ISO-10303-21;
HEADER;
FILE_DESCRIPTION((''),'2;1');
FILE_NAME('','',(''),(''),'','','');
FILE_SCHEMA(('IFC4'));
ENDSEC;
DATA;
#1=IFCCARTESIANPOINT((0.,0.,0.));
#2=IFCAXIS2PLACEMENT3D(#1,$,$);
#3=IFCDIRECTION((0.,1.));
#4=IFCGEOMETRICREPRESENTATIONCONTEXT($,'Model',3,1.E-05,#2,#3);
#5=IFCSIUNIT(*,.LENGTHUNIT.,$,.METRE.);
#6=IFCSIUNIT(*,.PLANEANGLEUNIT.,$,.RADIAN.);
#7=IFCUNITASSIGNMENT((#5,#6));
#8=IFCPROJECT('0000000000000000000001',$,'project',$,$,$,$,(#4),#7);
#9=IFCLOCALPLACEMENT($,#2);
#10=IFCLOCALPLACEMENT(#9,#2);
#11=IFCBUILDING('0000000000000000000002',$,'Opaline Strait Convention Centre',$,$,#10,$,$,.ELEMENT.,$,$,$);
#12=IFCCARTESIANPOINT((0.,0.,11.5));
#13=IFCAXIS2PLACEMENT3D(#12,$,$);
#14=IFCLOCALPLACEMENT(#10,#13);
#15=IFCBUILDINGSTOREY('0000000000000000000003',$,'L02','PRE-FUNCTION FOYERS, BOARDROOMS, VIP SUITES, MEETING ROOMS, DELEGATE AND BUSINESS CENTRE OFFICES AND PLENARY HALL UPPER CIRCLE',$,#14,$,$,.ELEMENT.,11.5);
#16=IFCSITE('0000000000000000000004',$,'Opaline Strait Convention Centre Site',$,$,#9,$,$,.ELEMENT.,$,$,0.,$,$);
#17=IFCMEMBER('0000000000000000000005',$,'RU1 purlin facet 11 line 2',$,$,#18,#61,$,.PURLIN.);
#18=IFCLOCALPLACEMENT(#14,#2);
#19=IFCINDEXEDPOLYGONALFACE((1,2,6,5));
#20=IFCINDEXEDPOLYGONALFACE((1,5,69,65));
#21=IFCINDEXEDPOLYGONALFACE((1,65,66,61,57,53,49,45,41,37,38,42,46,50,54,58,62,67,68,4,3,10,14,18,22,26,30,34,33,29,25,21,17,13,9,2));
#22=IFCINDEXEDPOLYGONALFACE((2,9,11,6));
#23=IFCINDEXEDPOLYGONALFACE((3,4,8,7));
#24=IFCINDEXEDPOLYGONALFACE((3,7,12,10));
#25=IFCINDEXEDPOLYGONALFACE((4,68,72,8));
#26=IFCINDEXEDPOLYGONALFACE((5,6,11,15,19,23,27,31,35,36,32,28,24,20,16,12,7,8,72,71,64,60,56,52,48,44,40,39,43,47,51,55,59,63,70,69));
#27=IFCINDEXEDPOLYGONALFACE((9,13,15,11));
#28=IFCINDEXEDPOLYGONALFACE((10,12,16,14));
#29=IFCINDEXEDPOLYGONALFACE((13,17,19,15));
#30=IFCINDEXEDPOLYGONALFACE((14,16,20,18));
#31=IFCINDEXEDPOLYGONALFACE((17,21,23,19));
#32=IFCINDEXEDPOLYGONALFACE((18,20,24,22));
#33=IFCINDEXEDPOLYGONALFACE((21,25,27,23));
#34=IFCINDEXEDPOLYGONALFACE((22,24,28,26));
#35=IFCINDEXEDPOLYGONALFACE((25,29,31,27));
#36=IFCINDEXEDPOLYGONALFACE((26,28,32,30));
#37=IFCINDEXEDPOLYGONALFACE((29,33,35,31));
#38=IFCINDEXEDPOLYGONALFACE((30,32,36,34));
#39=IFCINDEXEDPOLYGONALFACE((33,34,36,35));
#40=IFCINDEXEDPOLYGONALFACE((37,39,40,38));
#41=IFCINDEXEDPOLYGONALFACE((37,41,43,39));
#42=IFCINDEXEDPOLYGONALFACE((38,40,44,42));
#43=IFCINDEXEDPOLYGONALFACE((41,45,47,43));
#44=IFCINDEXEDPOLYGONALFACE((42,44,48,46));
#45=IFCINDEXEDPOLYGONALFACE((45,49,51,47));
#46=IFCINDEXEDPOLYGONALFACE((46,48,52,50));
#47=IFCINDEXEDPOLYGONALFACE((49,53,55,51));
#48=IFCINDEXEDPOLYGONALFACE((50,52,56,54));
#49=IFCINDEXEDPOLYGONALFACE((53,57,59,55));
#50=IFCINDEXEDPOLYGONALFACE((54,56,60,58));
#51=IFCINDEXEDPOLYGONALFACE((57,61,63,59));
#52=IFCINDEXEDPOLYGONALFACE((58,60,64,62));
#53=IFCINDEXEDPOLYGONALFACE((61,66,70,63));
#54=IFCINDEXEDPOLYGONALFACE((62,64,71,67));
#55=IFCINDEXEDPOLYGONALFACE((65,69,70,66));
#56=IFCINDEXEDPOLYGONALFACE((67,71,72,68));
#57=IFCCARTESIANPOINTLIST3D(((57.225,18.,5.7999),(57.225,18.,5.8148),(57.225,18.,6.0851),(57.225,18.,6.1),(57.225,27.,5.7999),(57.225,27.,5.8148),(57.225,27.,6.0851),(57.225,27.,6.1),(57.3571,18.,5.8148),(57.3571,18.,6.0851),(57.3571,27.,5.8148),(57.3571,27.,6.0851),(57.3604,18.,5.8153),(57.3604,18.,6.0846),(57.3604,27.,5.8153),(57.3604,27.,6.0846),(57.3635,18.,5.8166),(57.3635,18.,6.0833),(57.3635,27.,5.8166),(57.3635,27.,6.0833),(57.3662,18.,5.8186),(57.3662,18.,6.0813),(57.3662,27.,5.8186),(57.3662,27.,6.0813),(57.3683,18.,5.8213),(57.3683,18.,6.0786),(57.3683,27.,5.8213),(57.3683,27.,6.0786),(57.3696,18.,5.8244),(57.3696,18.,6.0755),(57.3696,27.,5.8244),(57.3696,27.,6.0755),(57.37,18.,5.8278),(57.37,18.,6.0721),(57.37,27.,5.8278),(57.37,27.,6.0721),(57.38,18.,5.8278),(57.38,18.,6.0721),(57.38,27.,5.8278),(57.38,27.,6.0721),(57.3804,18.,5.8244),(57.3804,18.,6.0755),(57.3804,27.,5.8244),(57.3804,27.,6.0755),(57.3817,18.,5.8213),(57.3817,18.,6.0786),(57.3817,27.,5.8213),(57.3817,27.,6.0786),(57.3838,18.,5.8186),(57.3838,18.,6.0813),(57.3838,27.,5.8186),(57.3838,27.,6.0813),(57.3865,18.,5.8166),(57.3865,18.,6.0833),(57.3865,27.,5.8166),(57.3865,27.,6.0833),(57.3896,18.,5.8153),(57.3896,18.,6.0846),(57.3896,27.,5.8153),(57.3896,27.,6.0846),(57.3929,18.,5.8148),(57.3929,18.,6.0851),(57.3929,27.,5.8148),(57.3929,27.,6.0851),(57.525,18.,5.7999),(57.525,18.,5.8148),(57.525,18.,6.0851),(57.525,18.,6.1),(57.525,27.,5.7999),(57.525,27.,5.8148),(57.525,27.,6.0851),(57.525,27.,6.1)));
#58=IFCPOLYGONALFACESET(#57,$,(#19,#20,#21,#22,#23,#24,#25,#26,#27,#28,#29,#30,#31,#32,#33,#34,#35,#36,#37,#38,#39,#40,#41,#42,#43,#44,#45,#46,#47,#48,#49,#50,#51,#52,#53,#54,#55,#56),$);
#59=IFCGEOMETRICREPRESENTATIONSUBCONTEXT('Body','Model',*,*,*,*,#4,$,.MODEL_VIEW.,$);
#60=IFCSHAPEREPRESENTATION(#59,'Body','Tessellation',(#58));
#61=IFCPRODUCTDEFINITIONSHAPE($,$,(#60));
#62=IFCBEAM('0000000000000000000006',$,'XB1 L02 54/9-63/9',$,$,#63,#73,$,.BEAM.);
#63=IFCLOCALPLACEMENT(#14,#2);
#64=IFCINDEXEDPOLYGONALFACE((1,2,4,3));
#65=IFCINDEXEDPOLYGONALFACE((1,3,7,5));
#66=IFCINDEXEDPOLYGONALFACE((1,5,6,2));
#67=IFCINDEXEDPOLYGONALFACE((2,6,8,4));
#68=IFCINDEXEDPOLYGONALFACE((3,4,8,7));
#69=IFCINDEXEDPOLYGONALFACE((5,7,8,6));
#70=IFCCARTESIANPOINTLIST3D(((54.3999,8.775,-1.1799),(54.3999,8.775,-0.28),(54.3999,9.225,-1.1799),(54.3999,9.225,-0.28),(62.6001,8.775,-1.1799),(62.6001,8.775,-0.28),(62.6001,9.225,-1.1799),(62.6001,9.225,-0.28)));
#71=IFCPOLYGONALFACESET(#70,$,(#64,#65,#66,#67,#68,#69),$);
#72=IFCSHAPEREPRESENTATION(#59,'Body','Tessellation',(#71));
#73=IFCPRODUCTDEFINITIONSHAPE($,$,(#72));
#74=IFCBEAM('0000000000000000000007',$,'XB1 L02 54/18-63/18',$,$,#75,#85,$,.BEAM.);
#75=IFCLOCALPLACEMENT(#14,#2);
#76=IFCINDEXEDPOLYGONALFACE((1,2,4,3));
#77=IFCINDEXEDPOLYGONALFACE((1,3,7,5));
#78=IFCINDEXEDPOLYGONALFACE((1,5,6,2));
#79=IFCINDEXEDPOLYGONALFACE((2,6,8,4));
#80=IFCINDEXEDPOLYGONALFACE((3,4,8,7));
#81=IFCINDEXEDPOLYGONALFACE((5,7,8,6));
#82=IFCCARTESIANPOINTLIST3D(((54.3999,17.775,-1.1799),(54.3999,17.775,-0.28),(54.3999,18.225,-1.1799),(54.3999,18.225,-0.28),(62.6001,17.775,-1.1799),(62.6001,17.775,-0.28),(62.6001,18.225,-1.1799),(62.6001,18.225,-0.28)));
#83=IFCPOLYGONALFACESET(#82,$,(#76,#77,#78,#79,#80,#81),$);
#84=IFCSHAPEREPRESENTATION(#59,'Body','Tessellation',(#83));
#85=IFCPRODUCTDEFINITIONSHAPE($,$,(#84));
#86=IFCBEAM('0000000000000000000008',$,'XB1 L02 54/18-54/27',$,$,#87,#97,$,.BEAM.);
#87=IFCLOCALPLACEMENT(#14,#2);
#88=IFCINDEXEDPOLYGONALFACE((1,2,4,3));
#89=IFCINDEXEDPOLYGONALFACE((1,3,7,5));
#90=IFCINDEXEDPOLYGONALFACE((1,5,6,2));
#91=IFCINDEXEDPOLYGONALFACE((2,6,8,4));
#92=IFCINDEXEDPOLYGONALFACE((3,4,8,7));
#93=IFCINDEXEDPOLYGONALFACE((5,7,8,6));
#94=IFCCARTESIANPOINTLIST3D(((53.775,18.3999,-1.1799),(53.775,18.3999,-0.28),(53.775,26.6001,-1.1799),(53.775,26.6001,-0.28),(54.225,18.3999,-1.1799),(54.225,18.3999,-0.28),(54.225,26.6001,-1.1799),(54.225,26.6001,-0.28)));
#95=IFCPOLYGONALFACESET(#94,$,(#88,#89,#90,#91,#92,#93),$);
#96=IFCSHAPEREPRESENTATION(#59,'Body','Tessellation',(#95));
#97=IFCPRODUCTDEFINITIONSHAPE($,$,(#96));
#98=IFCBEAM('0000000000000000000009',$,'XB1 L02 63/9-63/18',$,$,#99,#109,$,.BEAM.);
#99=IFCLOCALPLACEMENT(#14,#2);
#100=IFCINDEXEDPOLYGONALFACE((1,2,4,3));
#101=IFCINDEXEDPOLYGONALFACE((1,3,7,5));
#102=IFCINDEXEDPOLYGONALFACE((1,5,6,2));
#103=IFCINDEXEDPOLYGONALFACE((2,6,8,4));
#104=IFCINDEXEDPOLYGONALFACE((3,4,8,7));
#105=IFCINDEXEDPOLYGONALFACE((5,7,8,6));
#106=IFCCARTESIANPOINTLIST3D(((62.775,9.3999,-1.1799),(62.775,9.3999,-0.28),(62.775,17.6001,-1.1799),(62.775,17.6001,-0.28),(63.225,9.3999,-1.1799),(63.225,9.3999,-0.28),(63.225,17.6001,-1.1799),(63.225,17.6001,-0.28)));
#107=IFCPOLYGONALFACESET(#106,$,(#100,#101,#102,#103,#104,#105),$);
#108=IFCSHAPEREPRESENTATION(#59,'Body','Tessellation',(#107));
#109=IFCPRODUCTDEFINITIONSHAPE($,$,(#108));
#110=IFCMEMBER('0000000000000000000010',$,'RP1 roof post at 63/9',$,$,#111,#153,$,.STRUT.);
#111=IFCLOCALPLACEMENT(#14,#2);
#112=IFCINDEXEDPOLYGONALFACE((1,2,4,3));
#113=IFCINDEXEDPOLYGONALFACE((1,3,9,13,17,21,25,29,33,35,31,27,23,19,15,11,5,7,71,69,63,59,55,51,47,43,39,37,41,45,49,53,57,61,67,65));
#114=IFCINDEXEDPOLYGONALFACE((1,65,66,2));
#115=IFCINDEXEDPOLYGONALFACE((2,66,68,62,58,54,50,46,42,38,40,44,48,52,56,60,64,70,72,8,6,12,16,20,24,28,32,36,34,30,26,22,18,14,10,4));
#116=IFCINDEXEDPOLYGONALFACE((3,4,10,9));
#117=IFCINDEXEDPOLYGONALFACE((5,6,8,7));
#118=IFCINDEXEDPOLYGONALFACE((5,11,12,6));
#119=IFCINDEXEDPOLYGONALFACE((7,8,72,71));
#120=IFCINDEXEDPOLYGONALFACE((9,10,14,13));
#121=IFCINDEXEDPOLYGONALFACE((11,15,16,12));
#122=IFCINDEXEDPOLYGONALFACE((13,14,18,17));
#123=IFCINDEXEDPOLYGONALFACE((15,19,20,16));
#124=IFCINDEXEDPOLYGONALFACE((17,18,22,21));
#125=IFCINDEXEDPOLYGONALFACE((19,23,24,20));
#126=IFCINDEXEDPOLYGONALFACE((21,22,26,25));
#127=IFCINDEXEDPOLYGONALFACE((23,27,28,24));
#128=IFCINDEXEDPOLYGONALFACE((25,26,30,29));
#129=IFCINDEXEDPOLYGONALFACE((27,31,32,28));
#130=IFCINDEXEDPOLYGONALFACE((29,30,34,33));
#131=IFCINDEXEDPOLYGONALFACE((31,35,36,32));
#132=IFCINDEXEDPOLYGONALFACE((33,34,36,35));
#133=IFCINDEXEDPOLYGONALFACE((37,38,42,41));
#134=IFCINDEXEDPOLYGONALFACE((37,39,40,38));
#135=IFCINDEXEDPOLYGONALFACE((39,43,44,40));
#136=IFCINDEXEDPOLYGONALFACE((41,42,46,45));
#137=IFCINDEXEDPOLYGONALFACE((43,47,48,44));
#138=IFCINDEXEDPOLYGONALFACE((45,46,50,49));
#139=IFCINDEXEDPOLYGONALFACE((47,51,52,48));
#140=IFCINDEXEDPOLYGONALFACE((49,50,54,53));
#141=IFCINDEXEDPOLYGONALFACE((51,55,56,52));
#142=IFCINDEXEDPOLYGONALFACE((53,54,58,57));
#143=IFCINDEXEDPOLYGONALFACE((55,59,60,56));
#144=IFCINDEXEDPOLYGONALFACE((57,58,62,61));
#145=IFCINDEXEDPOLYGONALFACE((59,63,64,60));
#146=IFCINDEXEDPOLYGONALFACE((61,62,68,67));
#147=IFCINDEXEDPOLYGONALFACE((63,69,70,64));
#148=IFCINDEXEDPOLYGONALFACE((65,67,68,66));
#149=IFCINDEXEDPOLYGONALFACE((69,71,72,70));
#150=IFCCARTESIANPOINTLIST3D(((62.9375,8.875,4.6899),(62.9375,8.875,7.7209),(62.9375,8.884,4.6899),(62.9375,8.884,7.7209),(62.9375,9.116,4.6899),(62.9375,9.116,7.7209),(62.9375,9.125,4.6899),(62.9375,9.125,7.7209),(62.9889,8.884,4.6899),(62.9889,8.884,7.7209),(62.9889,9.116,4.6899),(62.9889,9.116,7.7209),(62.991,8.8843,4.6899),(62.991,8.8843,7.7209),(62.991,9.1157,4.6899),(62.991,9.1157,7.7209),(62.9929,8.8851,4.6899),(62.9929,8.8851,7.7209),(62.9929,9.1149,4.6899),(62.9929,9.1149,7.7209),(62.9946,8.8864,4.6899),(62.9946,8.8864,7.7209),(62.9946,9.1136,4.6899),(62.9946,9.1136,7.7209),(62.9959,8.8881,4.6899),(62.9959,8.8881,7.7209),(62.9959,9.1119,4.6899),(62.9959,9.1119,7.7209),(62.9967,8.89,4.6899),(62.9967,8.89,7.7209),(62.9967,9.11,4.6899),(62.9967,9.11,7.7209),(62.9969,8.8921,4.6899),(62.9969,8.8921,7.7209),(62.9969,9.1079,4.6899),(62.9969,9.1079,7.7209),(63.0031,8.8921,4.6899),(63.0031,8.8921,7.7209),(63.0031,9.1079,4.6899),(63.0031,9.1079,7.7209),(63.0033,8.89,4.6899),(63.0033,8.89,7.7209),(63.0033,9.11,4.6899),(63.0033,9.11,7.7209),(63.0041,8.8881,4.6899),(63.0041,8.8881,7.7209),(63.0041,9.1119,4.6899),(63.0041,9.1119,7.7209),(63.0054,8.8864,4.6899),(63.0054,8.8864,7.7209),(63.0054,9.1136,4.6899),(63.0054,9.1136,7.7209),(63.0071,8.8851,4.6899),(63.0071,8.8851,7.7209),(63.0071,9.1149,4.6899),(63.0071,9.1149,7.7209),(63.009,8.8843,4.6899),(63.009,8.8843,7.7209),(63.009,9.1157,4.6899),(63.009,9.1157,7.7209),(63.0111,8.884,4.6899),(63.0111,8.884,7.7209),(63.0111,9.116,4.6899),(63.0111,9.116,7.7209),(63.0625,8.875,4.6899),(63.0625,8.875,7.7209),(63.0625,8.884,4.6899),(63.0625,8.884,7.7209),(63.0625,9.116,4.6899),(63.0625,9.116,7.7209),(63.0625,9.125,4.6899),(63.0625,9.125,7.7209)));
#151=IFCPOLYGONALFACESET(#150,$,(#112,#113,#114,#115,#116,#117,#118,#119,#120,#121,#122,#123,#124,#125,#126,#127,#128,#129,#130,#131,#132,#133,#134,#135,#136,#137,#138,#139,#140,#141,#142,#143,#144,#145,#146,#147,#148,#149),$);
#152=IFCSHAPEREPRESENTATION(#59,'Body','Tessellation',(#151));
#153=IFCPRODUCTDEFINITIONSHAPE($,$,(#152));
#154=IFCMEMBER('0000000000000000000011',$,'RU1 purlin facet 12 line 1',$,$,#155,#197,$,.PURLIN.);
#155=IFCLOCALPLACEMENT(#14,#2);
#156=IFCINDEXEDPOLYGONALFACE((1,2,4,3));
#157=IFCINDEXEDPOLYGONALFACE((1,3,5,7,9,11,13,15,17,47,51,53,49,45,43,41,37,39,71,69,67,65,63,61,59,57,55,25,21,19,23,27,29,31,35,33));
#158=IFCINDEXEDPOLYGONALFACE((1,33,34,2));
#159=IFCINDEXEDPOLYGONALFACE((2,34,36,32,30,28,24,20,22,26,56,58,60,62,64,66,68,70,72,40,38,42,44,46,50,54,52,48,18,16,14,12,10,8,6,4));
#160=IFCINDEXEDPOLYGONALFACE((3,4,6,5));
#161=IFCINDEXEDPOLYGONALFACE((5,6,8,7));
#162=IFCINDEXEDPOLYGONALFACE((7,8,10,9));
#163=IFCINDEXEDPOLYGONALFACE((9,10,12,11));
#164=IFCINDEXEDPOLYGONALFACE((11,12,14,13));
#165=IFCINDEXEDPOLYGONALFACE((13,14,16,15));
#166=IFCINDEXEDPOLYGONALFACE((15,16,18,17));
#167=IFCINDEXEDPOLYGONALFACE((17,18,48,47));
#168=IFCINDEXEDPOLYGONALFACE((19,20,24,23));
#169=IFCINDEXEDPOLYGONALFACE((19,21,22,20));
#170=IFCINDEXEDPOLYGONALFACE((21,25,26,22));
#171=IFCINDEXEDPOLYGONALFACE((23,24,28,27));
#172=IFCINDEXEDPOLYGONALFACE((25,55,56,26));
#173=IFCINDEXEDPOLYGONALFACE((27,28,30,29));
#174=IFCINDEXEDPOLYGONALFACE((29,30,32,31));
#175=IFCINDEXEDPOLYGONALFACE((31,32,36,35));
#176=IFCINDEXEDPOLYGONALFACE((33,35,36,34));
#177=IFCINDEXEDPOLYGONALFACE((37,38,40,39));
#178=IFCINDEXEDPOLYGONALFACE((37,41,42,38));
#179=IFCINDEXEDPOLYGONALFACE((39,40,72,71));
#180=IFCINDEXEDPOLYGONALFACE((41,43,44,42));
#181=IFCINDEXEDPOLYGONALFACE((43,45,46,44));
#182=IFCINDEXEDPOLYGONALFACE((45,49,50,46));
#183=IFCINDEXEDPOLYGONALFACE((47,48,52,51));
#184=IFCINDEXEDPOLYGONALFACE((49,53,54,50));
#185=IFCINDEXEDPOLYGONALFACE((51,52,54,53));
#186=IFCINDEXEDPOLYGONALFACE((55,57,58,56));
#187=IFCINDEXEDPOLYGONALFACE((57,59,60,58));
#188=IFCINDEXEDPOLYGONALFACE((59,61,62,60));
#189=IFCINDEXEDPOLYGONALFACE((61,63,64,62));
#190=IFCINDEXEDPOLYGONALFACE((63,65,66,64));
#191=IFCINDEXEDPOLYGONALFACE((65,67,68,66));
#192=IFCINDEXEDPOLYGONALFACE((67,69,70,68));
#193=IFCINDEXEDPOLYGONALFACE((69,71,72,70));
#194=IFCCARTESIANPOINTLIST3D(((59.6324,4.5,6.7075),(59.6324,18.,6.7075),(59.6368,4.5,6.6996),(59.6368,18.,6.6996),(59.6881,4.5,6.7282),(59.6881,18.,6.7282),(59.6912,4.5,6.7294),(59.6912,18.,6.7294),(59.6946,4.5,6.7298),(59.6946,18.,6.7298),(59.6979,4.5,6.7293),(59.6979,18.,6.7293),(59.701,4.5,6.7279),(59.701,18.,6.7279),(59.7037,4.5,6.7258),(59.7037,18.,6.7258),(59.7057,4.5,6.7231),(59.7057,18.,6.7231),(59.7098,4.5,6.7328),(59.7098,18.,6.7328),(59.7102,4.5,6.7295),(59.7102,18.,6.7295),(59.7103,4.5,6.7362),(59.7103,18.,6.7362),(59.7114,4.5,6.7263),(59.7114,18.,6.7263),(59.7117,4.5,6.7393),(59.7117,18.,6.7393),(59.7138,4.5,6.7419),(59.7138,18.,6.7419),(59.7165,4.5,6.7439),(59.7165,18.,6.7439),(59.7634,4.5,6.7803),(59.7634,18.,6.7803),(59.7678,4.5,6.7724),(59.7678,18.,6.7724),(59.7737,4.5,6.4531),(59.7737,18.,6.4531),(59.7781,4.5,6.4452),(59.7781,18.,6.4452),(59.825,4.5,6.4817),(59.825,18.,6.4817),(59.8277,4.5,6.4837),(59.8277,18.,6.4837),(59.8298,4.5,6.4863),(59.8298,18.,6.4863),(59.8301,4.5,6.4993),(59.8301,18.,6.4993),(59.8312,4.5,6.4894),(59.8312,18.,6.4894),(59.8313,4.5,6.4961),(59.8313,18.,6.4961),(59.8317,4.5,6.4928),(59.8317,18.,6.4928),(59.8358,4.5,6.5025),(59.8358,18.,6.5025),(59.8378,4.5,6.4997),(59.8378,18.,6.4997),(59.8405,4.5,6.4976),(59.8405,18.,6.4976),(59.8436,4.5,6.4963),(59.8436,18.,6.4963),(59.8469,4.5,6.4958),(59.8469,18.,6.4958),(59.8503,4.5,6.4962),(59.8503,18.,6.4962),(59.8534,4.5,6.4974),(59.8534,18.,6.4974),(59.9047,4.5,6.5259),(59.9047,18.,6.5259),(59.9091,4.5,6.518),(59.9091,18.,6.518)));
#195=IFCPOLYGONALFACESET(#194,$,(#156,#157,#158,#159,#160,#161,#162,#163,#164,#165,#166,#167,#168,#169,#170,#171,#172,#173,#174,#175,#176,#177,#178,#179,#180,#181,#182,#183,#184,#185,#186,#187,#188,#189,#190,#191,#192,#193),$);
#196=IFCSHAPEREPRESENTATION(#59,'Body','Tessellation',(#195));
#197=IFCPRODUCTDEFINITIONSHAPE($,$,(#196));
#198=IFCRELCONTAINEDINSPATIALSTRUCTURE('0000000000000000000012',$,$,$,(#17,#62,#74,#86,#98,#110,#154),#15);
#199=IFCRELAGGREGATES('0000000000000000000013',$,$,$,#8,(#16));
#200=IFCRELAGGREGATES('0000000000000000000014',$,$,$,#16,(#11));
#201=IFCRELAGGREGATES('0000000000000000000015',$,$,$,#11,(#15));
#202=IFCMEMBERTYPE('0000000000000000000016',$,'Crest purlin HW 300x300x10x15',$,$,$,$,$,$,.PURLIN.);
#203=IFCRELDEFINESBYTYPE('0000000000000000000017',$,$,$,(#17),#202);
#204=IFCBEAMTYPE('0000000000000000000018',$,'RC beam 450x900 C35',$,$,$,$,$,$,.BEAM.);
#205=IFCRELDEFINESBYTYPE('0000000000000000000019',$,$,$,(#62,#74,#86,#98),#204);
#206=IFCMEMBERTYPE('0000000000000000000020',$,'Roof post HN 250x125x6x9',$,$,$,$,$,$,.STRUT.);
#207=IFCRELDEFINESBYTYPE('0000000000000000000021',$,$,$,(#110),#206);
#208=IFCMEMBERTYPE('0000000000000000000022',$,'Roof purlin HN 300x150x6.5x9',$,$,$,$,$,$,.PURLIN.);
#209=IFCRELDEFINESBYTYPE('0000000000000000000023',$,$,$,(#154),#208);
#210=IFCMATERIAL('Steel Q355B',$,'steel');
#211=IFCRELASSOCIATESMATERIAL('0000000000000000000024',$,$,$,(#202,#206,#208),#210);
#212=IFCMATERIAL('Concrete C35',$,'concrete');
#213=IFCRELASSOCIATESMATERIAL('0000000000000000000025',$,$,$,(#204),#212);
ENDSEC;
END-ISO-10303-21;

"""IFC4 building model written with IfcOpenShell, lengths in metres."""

from ifc_helpers import new_model, si_unit, direction, frame, origin, origin_2d, place, context, subcontext, project, spatial, rectangle, i_section, extrude, material, material_profile, profile_set, type_object, element, save


model = new_model("IFC4")

# Units and contexts
model_context = context("Model", 3, precision=1e-05, world=origin(), true_north=direction((0.0, 1.0)))
body_context = subcontext(model_context, "Body", "Model", "MODEL_VIEW")
ifc_project = project(units=[si_unit("LENGTHUNIT", "METRE"), si_unit("PLANEANGLEUNIT", "RADIAN")], contexts=[model_context])

# Site, building, storey
site_placement = place(None, origin())
site = spatial("IfcSite", under=ifc_project, at=site_placement, Name="Opaline Strait Convention Centre Site", CompositionType="ELEMENT", RefElevation=0.0)
building_placement = place(site_placement, origin())
building = spatial("IfcBuilding", under=site, at=building_placement, Name="Opaline Strait Convention Centre", CompositionType="ELEMENT")
storey_placement = place(building_placement, frame((0.0, 0.0, 11.5)))
storey = spatial("IfcBuildingStorey", under=building, at=storey_placement, Name="L02", Description="PRE-FUNCTION FOYERS, BOARDROOMS, VIP SUITES, MEETING ROOMS, DELEGATE AND BUSINESS CENTRE OFFICES AND PLENARY HALL UPPER CIRCLE", CompositionType="ELEMENT", Elevation=11.5)

# Member
ifc_material_1 = material(Name="Steel Q355B", Category="steel")
ifc_material_profile_1 = material_profile(ifc_material_1, i_section(OverallWidth=0.3, OverallDepth=0.3, WebThickness=0.01, FlangeThickness=0.0149, FilletRadius=0.0129, at=origin_2d()), Name="HW 300x300x10x15")
ifc_profile_set_1 = profile_set([ifc_material_profile_1], Name="Steel Q355B")
member_type_1 = type_object("IfcMemberType", Name="Crest purlin HW 300x300x10x15", PredefinedType="PURLIN", material=ifc_profile_set_1)
member_1_placement = place(storey_placement, frame((57.375, 18.0, 5.95), z_axis=(0.0, 1.0, 0.0), x_axis=(-1.0, 0.0, 0.0)))
element("IfcMember", 1, at=member_1_placement, inside=storey, type_object=member_type_1, Name="RU1 purlin facet 11 line 2", PredefinedType="PURLIN", context=body_context, shape_type="SweptSolid", body=[
    extrude(i_section(OverallWidth=0.3, OverallDepth=0.3, WebThickness=0.01, FlangeThickness=0.0149, FilletRadius=0.0129, at=origin_2d()), origin(), (0.0, 0.0, 1.0), 9.0),
])

# Beams
ifc_material_2 = material(Name="Concrete C35", Category="concrete")
ifc_material_profile_2 = material_profile(ifc_material_2, rectangle(XDim=0.45, YDim=0.8999, at=origin_2d()), Name="RC 450x900")
ifc_profile_set_2 = profile_set([ifc_material_profile_2], Name="Concrete C35")
beam_type = type_object("IfcBeamType", Name="RC beam 450x900 C35", PredefinedType="BEAM", material=ifc_profile_set_2)
for number, where, z_axis, x_axis, name in (
    (2, (54.3999, 9.0, -0.73), (1.0, 0.0, 0.0), (0.0, 1.0, 0.0), "XB1 L02 54/9-63/9"),
    (3, (54.3999, 18.0, -0.73), (1.0, 0.0, 0.0), (0.0, 1.0, 0.0), "XB1 L02 54/18-63/18"),
    (4, (54.0, 18.3999, -0.73), (0.0, 1.0, 0.0), (-1.0, 0.0, 0.0), "XB1 L02 54/18-54/27"),
    (5, (63.0, 9.3999, -0.73), (0.0, 1.0, 0.0), (-1.0, 0.0, 0.0), "XB1 L02 63/9-63/18"),
):
    element("IfcBeam", number, at=place(storey_placement, frame(where, z_axis=z_axis, x_axis=x_axis)), inside=storey, type_object=beam_type, Name=name, PredefinedType="BEAM", context=body_context, shape_type="SweptSolid", body=[
        extrude(rectangle(XDim=0.45, YDim=0.8999, at=origin_2d()), origin(), (0.0, 0.0, 1.0), 8.2002),
    ])

# Members
ifc_material_profile_3 = material_profile(ifc_material_1, i_section(OverallWidth=0.125, OverallDepth=0.25, WebThickness=0.0061, FlangeThickness=0.009, FilletRadius=0.0081, at=origin_2d()), Name="HN 250x125x6x9")
ifc_profile_set_3 = profile_set([ifc_material_profile_3], Name="Steel Q355B")
member_type_2 = type_object("IfcMemberType", Name="Roof post HN 250x125x6x9", PredefinedType="STRUT", material=ifc_profile_set_3)
member_2_placement = place(storey_placement, frame((63.0, 9.0, 4.6899), z_axis=(0.0, 0.0, 1.0), x_axis=(1.0, 0.0, 0.0)))
element("IfcMember", 6, at=member_2_placement, inside=storey, type_object=member_type_2, Name="RP1 roof post at 63/9", PredefinedType="STRUT", context=body_context, shape_type="SweptSolid", body=[
    extrude(i_section(OverallWidth=0.125, OverallDepth=0.25, WebThickness=0.0061, FlangeThickness=0.009, FilletRadius=0.0081, at=origin_2d()), origin(), (0.0, 0.0, 1.0), 3.031),
])
ifc_material_profile_4 = material_profile(ifc_material_1, i_section(OverallWidth=0.1499, OverallDepth=0.3, WebThickness=0.0066, FlangeThickness=0.009, FilletRadius=0.0129, at=origin_2d()), Name="HN 300x150x6.5x9")
ifc_profile_set_4 = profile_set([ifc_material_profile_4], Name="Steel Q355B")
member_type_3 = type_object("IfcMemberType", Name="Roof purlin HN 300x150x6.5x9", PredefinedType="PURLIN", material=ifc_profile_set_4)
member_3_placement = place(storey_placement, frame((59.7708, 4.5, 6.6128), z_axis=(0.0, 1.0, 0.0), x_axis=(-0.874157, 0.0, -0.485643)))
element("IfcMember", 7, at=member_3_placement, inside=storey, type_object=member_type_3, Name="RU1 purlin facet 12 line 1", PredefinedType="PURLIN", context=body_context, shape_type="SweptSolid", body=[
    extrude(i_section(OverallWidth=0.1499, OverallDepth=0.3, WebThickness=0.0066, FlangeThickness=0.009, FilletRadius=0.0129, at=origin_2d()), origin(), (0.0, 0.0, 1.0), 13.5),
])

save(model, "model.ifc")
